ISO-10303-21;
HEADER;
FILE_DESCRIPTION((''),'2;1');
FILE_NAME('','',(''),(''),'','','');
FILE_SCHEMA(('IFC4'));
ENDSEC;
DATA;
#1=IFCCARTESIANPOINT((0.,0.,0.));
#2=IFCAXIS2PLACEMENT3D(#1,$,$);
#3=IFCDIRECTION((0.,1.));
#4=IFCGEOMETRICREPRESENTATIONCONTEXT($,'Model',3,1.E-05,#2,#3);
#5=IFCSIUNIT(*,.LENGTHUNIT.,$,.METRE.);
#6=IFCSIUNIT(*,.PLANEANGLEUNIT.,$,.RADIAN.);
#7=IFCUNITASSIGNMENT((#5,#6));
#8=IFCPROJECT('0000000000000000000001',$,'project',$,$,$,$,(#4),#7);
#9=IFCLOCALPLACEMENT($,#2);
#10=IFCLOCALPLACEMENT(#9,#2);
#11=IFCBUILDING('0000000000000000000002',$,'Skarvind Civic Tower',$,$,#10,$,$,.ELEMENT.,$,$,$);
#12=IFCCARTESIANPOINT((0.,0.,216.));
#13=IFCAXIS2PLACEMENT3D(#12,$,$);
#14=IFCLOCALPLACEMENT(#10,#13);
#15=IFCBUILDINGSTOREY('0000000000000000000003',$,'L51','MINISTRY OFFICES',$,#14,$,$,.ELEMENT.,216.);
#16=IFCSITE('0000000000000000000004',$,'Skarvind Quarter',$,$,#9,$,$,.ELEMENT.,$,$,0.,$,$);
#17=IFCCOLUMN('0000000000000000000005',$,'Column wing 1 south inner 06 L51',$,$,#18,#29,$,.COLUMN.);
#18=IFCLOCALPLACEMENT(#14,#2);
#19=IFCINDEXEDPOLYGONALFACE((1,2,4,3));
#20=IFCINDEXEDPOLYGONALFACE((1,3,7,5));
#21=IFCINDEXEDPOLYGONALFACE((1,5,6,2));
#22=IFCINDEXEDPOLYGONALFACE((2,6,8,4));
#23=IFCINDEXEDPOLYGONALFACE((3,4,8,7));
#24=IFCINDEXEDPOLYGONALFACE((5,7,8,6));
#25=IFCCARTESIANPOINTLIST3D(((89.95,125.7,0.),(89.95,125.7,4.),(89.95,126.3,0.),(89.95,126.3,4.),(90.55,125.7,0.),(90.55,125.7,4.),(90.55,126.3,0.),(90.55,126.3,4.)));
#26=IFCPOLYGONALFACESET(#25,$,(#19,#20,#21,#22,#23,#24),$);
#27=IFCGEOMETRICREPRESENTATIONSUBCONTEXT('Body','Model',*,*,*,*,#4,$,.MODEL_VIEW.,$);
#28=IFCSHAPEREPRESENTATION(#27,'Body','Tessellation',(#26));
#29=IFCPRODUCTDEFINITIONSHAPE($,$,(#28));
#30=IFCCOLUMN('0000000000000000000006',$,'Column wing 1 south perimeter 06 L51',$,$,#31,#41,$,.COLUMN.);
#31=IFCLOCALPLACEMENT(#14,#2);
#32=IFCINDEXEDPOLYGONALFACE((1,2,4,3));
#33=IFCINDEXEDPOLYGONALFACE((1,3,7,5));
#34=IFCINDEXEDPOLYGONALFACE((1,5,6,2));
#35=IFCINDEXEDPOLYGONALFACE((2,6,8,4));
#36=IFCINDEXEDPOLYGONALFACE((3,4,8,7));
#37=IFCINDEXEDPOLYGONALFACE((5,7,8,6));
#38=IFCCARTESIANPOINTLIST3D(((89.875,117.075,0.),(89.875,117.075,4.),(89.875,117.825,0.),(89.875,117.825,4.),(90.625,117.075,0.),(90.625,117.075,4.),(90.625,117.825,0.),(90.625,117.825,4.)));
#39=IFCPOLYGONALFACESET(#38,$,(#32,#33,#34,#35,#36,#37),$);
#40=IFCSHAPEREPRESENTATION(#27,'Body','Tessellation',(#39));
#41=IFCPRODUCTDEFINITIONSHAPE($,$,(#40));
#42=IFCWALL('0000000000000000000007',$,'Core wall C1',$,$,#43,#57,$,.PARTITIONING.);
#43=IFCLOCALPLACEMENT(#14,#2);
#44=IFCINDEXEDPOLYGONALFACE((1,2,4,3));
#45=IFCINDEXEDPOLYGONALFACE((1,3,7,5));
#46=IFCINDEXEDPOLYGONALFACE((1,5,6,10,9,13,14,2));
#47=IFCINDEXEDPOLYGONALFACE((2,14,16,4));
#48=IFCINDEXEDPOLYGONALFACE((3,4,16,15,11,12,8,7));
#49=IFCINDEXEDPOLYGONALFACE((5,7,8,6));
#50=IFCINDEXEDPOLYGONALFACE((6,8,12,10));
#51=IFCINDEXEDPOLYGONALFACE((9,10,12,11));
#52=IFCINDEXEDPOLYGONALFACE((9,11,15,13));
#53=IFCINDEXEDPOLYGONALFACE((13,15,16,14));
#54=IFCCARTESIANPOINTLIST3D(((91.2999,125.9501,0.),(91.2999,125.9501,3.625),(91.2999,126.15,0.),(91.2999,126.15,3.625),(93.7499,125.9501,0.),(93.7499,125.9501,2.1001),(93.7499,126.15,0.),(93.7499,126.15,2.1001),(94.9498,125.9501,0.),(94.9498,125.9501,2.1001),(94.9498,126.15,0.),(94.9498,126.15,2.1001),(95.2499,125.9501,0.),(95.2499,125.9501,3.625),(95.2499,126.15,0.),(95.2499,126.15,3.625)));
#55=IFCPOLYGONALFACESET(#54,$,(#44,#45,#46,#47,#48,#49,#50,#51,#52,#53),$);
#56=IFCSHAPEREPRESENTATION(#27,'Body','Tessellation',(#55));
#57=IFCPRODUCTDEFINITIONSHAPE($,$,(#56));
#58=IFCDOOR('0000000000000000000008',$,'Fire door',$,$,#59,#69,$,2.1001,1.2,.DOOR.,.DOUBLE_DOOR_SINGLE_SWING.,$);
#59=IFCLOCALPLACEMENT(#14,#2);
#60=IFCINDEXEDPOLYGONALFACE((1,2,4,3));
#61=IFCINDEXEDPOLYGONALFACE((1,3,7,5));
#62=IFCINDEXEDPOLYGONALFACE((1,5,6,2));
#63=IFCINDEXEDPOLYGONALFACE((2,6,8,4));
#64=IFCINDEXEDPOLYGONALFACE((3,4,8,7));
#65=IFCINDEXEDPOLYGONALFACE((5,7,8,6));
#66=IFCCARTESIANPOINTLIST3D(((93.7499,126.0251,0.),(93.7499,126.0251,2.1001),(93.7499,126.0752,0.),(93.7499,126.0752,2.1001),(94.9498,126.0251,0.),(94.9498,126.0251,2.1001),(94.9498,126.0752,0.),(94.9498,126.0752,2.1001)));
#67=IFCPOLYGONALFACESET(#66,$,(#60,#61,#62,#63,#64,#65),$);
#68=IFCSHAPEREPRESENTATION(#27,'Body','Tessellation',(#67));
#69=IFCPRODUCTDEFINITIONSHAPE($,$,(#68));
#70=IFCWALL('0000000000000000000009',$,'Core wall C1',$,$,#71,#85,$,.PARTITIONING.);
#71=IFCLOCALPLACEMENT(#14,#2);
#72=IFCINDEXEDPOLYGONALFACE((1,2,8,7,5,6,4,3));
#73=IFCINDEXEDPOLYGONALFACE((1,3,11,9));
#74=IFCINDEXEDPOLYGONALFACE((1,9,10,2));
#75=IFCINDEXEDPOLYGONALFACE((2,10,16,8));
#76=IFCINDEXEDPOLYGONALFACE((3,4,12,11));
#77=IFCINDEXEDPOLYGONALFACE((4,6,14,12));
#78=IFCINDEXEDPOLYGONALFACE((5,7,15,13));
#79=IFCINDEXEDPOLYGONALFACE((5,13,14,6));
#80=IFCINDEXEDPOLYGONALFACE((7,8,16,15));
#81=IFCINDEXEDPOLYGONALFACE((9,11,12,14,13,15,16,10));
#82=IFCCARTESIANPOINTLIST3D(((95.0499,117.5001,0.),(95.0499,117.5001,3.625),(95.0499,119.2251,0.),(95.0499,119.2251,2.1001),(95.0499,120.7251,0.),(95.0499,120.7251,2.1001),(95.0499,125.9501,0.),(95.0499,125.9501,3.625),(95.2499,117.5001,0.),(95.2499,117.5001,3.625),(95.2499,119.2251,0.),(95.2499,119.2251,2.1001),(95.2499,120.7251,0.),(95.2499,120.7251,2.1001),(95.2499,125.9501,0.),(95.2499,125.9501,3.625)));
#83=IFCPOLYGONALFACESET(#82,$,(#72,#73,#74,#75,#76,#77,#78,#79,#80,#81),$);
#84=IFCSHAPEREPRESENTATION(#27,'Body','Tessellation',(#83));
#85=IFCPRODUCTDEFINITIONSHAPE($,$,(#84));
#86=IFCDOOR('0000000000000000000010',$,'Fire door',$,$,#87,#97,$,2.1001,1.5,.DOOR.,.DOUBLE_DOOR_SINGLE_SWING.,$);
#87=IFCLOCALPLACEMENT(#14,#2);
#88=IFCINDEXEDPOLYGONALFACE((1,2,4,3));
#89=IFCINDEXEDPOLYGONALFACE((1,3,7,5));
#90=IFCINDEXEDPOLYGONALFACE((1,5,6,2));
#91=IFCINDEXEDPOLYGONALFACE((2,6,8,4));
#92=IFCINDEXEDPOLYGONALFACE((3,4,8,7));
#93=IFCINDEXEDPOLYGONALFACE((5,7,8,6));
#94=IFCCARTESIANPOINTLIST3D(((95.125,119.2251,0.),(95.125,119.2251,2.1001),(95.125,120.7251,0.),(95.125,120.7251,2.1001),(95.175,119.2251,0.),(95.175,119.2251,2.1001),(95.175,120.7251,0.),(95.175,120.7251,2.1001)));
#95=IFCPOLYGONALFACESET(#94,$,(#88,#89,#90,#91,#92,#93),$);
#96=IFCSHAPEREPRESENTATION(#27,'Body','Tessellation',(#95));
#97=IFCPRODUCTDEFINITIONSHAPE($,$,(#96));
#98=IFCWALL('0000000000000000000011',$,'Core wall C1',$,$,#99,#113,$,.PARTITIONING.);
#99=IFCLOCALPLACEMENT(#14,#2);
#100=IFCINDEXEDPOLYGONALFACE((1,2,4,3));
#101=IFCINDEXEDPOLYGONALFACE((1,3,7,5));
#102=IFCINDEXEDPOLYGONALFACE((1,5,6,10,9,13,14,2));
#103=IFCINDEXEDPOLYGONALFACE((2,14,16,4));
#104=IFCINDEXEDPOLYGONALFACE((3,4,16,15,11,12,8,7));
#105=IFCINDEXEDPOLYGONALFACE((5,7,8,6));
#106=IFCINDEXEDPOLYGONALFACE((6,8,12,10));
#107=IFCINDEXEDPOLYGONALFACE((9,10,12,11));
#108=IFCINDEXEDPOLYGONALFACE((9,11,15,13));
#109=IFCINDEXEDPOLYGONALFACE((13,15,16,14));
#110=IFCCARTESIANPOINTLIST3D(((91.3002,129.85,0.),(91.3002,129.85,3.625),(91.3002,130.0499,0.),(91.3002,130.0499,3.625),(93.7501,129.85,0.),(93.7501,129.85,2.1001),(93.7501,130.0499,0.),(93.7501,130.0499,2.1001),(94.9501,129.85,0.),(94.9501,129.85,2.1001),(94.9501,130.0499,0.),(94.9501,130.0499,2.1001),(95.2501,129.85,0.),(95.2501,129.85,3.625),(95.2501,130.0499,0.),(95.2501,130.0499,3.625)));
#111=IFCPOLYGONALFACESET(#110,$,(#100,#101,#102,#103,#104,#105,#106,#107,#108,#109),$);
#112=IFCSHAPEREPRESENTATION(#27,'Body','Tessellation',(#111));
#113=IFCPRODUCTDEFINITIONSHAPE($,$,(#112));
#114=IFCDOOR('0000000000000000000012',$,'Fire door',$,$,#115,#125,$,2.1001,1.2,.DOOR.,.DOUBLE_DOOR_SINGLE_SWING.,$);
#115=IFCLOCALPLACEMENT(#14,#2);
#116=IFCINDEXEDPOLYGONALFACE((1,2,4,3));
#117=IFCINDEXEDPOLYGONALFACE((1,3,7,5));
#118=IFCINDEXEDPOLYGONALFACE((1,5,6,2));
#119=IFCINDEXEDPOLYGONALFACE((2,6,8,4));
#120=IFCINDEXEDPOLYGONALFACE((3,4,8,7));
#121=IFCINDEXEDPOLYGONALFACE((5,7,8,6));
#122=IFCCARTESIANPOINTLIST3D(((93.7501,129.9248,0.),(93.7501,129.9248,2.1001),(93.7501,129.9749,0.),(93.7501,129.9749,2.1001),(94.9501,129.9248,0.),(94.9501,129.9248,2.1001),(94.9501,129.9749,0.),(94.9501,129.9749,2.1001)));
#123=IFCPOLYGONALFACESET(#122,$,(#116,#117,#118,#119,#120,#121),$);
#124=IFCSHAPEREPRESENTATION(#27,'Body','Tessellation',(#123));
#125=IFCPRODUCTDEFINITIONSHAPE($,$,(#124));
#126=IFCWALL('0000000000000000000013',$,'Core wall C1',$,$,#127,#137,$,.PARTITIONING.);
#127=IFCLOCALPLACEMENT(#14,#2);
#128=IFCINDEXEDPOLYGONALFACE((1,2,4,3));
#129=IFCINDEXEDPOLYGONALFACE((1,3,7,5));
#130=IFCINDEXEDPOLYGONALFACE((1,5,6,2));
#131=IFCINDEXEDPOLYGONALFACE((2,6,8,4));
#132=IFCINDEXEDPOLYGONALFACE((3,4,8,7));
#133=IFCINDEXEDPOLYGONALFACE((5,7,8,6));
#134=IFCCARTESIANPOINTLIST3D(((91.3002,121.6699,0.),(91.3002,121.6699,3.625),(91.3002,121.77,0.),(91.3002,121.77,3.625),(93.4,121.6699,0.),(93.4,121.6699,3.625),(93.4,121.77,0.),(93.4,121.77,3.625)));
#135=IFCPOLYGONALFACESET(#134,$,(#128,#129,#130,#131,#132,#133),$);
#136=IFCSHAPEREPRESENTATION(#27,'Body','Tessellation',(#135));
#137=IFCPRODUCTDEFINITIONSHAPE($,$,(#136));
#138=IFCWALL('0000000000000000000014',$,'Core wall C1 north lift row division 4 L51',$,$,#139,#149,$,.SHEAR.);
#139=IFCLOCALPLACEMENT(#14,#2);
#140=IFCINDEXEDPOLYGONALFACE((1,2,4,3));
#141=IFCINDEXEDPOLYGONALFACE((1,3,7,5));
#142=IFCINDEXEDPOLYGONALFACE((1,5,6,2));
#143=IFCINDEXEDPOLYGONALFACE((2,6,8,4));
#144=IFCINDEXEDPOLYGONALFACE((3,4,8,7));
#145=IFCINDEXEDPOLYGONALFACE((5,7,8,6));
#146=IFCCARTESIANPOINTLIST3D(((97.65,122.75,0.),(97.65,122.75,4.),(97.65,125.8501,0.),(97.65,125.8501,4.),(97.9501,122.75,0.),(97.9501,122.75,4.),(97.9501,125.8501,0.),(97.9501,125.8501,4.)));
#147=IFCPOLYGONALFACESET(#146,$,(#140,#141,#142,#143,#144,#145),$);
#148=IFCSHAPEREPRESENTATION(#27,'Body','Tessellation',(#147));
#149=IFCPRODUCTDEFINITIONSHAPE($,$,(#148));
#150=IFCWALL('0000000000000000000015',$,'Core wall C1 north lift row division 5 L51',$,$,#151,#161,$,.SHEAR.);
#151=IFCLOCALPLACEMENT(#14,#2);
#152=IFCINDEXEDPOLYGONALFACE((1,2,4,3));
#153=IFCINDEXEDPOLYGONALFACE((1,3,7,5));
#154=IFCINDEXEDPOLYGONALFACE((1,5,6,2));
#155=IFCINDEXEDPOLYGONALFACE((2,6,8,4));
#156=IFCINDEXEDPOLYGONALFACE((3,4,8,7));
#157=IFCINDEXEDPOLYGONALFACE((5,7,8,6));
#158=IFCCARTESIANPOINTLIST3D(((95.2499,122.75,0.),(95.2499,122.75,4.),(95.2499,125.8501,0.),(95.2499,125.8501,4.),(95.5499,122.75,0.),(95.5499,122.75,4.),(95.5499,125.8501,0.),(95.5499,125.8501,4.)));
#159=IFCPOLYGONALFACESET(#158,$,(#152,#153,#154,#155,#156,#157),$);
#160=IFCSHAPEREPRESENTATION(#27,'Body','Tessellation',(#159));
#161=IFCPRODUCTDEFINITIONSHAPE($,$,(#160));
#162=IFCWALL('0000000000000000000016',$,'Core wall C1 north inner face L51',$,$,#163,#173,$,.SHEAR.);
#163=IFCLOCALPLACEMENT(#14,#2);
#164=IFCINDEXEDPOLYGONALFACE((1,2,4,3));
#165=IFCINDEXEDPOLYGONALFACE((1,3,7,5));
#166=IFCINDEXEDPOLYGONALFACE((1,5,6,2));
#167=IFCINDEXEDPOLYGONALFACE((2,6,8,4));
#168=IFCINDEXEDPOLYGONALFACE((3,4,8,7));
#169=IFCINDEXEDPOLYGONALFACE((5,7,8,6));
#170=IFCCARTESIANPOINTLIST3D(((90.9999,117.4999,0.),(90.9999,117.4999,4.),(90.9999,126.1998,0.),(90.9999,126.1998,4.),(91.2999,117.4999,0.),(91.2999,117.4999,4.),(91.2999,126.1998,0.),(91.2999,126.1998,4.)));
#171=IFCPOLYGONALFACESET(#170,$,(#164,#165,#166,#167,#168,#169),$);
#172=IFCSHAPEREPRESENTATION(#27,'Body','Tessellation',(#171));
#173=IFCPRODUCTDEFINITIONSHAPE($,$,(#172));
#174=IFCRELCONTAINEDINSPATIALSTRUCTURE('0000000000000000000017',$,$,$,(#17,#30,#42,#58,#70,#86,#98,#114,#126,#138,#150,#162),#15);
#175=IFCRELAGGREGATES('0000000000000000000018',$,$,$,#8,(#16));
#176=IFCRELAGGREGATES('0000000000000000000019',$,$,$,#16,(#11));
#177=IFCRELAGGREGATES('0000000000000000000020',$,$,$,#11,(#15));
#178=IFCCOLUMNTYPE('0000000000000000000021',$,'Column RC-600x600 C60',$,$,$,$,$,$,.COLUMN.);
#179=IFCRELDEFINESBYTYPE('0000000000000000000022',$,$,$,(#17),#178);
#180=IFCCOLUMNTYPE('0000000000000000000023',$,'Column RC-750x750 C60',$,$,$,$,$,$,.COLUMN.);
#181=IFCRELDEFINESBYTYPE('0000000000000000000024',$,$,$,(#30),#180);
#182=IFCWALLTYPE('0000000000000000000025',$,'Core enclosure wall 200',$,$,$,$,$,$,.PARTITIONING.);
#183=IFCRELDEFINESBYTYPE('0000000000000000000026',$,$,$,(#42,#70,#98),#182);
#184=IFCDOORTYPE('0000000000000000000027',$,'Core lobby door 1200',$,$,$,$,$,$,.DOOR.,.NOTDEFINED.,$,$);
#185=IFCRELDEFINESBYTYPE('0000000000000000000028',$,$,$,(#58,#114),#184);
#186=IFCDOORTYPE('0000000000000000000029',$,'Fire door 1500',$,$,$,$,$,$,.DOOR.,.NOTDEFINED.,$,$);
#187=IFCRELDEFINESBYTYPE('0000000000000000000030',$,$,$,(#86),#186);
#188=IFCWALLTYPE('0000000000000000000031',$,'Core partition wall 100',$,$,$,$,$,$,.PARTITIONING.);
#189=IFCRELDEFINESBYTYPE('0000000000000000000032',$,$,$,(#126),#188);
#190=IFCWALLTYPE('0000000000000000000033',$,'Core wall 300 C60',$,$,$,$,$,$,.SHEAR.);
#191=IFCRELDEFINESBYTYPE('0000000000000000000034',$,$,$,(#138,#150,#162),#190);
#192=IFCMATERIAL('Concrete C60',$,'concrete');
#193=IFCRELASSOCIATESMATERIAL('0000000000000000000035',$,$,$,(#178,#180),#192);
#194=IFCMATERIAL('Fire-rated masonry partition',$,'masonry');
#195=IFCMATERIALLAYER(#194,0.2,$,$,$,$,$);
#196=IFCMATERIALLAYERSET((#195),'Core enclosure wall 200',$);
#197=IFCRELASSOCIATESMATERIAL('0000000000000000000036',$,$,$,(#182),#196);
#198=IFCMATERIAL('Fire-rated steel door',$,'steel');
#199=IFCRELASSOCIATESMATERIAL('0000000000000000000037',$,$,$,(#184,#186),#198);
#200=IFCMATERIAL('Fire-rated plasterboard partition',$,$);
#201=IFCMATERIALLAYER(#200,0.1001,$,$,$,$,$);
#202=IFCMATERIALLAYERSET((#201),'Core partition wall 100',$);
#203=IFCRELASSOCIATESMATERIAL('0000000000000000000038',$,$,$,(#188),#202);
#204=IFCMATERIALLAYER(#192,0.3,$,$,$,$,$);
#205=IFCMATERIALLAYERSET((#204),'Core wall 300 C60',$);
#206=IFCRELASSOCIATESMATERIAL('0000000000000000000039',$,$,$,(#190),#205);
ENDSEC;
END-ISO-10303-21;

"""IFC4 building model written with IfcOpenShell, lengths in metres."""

from ifc_helpers import new_model, si_unit, direction, frame, frame_2d, origin, origin_2d, place, context, subcontext, project, spatial, rectangle, extrude, material, layer, layer_set, material_profile, profile_set, type_object, element, fill, save


model = new_model("IFC4")

# Units and contexts
model_context = context("Model", 3, precision=1e-05, world=origin(), true_north=direction((0.0, 1.0)))
body_context = subcontext(model_context, "Body", "Model", "MODEL_VIEW")
ifc_project = project(units=[si_unit("LENGTHUNIT", "METRE"), si_unit("PLANEANGLEUNIT", "RADIAN")], contexts=[model_context])

# Site, building, storey
site_placement = place(None, origin())
site = spatial("IfcSite", under=ifc_project, at=site_placement, Name="Skarvind Quarter", CompositionType="ELEMENT", RefElevation=0.0)
building_placement = place(site_placement, origin())
building = spatial("IfcBuilding", under=site, at=building_placement, Name="Skarvind Civic Tower", CompositionType="ELEMENT")
storey_placement = place(building_placement, frame((0.0, 0.0, 216.0)))
storey = spatial("IfcBuildingStorey", under=building, at=storey_placement, Name="L51", Description="MINISTRY OFFICES", CompositionType="ELEMENT", Elevation=216.0)

# Columns
ifc_material_1 = material(Name="Concrete C60", Category="concrete")
ifc_material_profile_1 = material_profile(ifc_material_1, rectangle(XDim=0.6001, YDim=0.6001, at=origin_2d()), Name="RC-600x600")
ifc_profile_set_1 = profile_set([ifc_material_profile_1], Name="Concrete C60")
column_type_1 = type_object("IfcColumnType", Name="Column RC-600x600 C60", PredefinedType="COLUMN", material=ifc_profile_set_1)
column_1_placement = place(storey_placement, frame((90.25, 126.0, 0.0), z_axis=(0.0, 0.0, 1.0), x_axis=(1.0, 0.0, 0.0)))
element("IfcColumn", 1, at=column_1_placement, inside=storey, type_object=column_type_1, Name="Column wing 1 south inner 06 L51", PredefinedType="COLUMN", context=body_context, shape_type="SweptSolid", body=[
    extrude(rectangle(XDim=0.6001, YDim=0.6001, at=origin_2d()), origin(), (0.0, 0.0, 1.0), 4.0),
])
ifc_material_profile_2 = material_profile(ifc_material_1, rectangle(XDim=0.75, YDim=0.75, at=origin_2d()), Name="RC-750x750")
ifc_profile_set_2 = profile_set([ifc_material_profile_2], Name="Concrete C60")
column_type_2 = type_object("IfcColumnType", Name="Column RC-750x750 C60", PredefinedType="COLUMN", material=ifc_profile_set_2)
column_2_placement = place(storey_placement, frame((90.25, 117.45, 0.0), z_axis=(0.0, 0.0, 1.0), x_axis=(1.0, 0.0, 0.0)))
element("IfcColumn", 2, at=column_2_placement, inside=storey, type_object=column_type_2, Name="Column wing 1 south perimeter 06 L51", PredefinedType="COLUMN", context=body_context, shape_type="SweptSolid", body=[
    extrude(rectangle(XDim=0.75, YDim=0.75, at=origin_2d()), origin(), (0.0, 0.0, 1.0), 4.0),
])

# Walls, openings, doors
ifc_material_2 = material(Name="Fire-rated masonry partition", Category="masonry")
ifc_layer_1 = layer(ifc_material_2, 0.2)
ifc_layer_set_1 = layer_set([ifc_layer_1], Name="Core enclosure wall 200")
wall_type_1 = type_object("IfcWallType", Name="Core enclosure wall 200", PredefinedType="PARTITIONING", material=ifc_layer_set_1)
wall_1_placement = place(storey_placement, frame((95.25, 126.05, 0.0), z_axis=(0.0, 0.0, 1.0), x_axis=(-1.0, 0.0, 0.0)))
wall_1 = element("IfcWall", 3, at=wall_1_placement, inside=storey, type_object=wall_type_1, Name="Core wall C1", PredefinedType="PARTITIONING", context=body_context, shape_type="SweptSolid", body=[
    extrude(rectangle(XDim=3.95, YDim=0.2, at=frame_2d((1.9751, 0.0))), origin(), (0.0, 0.0, 1.0), 3.625),
])
opening_1_placement = place(wall_1_placement, frame((0.3, 0.0, 0.0)))
opening_1 = element("IfcOpeningElement", 4, at=opening_1_placement, cuts=wall_1, PredefinedType="OPENING", context=body_context, shape_type="SweptSolid", body=[
    extrude(rectangle(XDim=1.2, YDim=2.1001, at=frame_2d((0.6001, 1.05))), frame((0.0, 0.1099, 0.0), z_axis=(0.0, -1.0, 0.0), x_axis=(1.0, 0.0, 0.0)), (0.0, 0.0, 1.0), 0.22),
])
ifc_material_3 = material(Name="Fire-rated steel door", Category="steel")
door_type_1 = type_object("IfcDoorType", Name="Core lobby door 1200", OperationType="NOTDEFINED", PredefinedType="DOOR", material=ifc_material_3)
door_1_placement = place(opening_1_placement, origin())
door_1 = element("IfcDoor", 5, at=door_1_placement, inside=storey, type_object=door_type_1, Name="Fire door", OperationType="DOUBLE_DOOR_SINGLE_SWING", OverallHeight=2.1001, OverallWidth=1.2, PredefinedType="DOOR", context=body_context, shape_type="SweptSolid", body=[
    extrude(rectangle(XDim=1.2, YDim=2.1001, at=frame_2d((0.6001, 1.05))), frame((0.0, 0.0249, 0.0), z_axis=(0.0, -1.0, 0.0), x_axis=(1.0, 0.0, 0.0)), (0.0, 0.0, 1.0), 0.05),
])
fill(opening_1, door_1)
wall_2_placement = place(storey_placement, frame((95.1499, 117.5, 0.0), z_axis=(0.0, 0.0, 1.0), x_axis=(0.0, 1.0, 0.0)))
wall_2 = element("IfcWall", 6, at=wall_2_placement, inside=storey, type_object=wall_type_1, Name="Core wall C1", PredefinedType="PARTITIONING", context=body_context, shape_type="SweptSolid", body=[
    extrude(rectangle(XDim=8.45, YDim=0.2, at=frame_2d((4.2251, 0.0))), origin(), (0.0, 0.0, 1.0), 3.625),
])
opening_2_placement = place(wall_2_placement, frame((1.7251, 0.0, 0.0)))
opening_2 = element("IfcOpeningElement", 7, at=opening_2_placement, cuts=wall_2, PredefinedType="OPENING", context=body_context, shape_type="SweptSolid", body=[
    extrude(rectangle(XDim=1.5, YDim=2.1001, at=frame_2d((0.75, 1.05))), frame((0.0, 0.1099, 0.0), z_axis=(0.0, -1.0, 0.0), x_axis=(1.0, 0.0, 0.0)), (0.0, 0.0, 1.0), 0.22),
])
door_type_2 = type_object("IfcDoorType", Name="Fire door 1500", OperationType="NOTDEFINED", PredefinedType="DOOR", material=ifc_material_3)
door_2_placement = place(opening_2_placement, origin())
door_2 = element("IfcDoor", 8, at=door_2_placement, inside=storey, type_object=door_type_2, Name="Fire door", OperationType="DOUBLE_DOOR_SINGLE_SWING", OverallHeight=2.1001, OverallWidth=1.5, PredefinedType="DOOR", context=body_context, shape_type="SweptSolid", body=[
    extrude(rectangle(XDim=1.5, YDim=2.1001, at=frame_2d((0.75, 1.05))), frame((0.0, 0.0249, 0.0), z_axis=(0.0, -1.0, 0.0), x_axis=(1.0, 0.0, 0.0)), (0.0, 0.0, 1.0), 0.05),
])
fill(opening_2, door_2)
wall_3_placement = place(storey_placement, frame((91.3, 129.95, 0.0), z_axis=(0.0, 0.0, 1.0), x_axis=(1.0, 0.0, 0.0)))
wall_3 = element("IfcWall", 9, at=wall_3_placement, inside=storey, type_object=wall_type_1, Name="Core wall C1", PredefinedType="PARTITIONING", context=body_context, shape_type="SweptSolid", body=[
    extrude(rectangle(XDim=3.95, YDim=0.2, at=frame_2d((1.9751, 0.0))), origin(), (0.0, 0.0, 1.0), 3.625),
])
opening_3_placement = place(wall_3_placement, frame((2.45, 0.0, 0.0)))
opening_3 = element("IfcOpeningElement", 10, at=opening_3_placement, cuts=wall_3, PredefinedType="OPENING", context=body_context, shape_type="SweptSolid", body=[
    extrude(rectangle(XDim=1.2, YDim=2.1001, at=frame_2d((0.6001, 1.05))), frame((0.0, 0.1099, 0.0), z_axis=(0.0, -1.0, 0.0), x_axis=(1.0, 0.0, 0.0)), (0.0, 0.0, 1.0), 0.22),
])
door_3_placement = place(opening_3_placement, origin())
door_3 = element("IfcDoor", 11, at=door_3_placement, inside=storey, type_object=door_type_1, Name="Fire door", OperationType="DOUBLE_DOOR_SINGLE_SWING", OverallHeight=2.1001, OverallWidth=1.2, PredefinedType="DOOR", context=body_context, shape_type="SweptSolid", body=[
    extrude(rectangle(XDim=1.2, YDim=2.1001, at=frame_2d((0.6001, 1.05))), frame((0.0, 0.0249, 0.0), z_axis=(0.0, -1.0, 0.0), x_axis=(1.0, 0.0, 0.0)), (0.0, 0.0, 1.0), 0.05),
])
fill(opening_3, door_3)

# Walls
ifc_material_4 = material(Name="Fire-rated plasterboard partition")
ifc_layer_2 = layer(ifc_material_4, 0.1001)
ifc_layer_set_2 = layer_set([ifc_layer_2], Name="Core partition wall 100")
wall_type_2 = type_object("IfcWallType", Name="Core partition wall 100", PredefinedType="PARTITIONING", material=ifc_layer_set_2)
wall_4_placement = place(storey_placement, frame((93.3999, 121.72, 0.0), z_axis=(0.0, 0.0, 1.0), x_axis=(-1.0, 0.0, 0.0)))
element("IfcWall", 12, at=wall_4_placement, inside=storey, type_object=wall_type_2, Name="Core wall C1", PredefinedType="PARTITIONING", context=body_context, shape_type="SweptSolid", body=[
    extrude(rectangle(XDim=2.0999, YDim=0.1001, at=frame_2d((1.0498, 0.0))), origin(), (0.0, 0.0, 1.0), 3.625),
])
ifc_layer_3 = layer(ifc_material_1, 0.3)
ifc_layer_set_3 = layer_set([ifc_layer_3], Name="Core wall 300 C60")
wall_type_3 = type_object("IfcWallType", Name="Core wall 300 C60", PredefinedType="SHEAR", material=ifc_layer_set_3)
for number, where, z_axis, x_axis, name in (
    (13, (97.8, 125.8501, 0.0), (0.0, 0.0, 1.0), (0.0, -1.0, 0.0), "Core wall C1 north lift row division 4 L51"),
    (14, (95.3999, 125.8501, 0.0), (0.0, 0.0, 1.0), (0.0, -1.0, 0.0), "Core wall C1 north lift row division 5 L51"),
):
    element("IfcWall", number, at=place(storey_placement, frame(where, z_axis=z_axis, x_axis=x_axis)), inside=storey, type_object=wall_type_3, Name=name, PredefinedType="SHEAR", context=body_context, shape_type="SweptSolid", body=[
        extrude(rectangle(XDim=3.1001, YDim=0.3, at=frame_2d((1.55, 0.0))), origin(), (0.0, 0.0, 1.0), 4.0),
    ])
wall_5_placement = place(storey_placement, frame((91.1499, 126.2, 0.0), z_axis=(0.0, 0.0, 1.0), x_axis=(0.0, -1.0, 0.0)))
element("IfcWall", 15, at=wall_5_placement, inside=storey, type_object=wall_type_3, Name="Core wall C1 north inner face L51", PredefinedType="SHEAR", context=body_context, shape_type="SweptSolid", body=[
    extrude(rectangle(XDim=8.7, YDim=0.3, at=frame_2d((4.3501, 0.0))), origin(), (0.0, 0.0, 1.0), 4.0),
])

save(model, "model.ifc")
